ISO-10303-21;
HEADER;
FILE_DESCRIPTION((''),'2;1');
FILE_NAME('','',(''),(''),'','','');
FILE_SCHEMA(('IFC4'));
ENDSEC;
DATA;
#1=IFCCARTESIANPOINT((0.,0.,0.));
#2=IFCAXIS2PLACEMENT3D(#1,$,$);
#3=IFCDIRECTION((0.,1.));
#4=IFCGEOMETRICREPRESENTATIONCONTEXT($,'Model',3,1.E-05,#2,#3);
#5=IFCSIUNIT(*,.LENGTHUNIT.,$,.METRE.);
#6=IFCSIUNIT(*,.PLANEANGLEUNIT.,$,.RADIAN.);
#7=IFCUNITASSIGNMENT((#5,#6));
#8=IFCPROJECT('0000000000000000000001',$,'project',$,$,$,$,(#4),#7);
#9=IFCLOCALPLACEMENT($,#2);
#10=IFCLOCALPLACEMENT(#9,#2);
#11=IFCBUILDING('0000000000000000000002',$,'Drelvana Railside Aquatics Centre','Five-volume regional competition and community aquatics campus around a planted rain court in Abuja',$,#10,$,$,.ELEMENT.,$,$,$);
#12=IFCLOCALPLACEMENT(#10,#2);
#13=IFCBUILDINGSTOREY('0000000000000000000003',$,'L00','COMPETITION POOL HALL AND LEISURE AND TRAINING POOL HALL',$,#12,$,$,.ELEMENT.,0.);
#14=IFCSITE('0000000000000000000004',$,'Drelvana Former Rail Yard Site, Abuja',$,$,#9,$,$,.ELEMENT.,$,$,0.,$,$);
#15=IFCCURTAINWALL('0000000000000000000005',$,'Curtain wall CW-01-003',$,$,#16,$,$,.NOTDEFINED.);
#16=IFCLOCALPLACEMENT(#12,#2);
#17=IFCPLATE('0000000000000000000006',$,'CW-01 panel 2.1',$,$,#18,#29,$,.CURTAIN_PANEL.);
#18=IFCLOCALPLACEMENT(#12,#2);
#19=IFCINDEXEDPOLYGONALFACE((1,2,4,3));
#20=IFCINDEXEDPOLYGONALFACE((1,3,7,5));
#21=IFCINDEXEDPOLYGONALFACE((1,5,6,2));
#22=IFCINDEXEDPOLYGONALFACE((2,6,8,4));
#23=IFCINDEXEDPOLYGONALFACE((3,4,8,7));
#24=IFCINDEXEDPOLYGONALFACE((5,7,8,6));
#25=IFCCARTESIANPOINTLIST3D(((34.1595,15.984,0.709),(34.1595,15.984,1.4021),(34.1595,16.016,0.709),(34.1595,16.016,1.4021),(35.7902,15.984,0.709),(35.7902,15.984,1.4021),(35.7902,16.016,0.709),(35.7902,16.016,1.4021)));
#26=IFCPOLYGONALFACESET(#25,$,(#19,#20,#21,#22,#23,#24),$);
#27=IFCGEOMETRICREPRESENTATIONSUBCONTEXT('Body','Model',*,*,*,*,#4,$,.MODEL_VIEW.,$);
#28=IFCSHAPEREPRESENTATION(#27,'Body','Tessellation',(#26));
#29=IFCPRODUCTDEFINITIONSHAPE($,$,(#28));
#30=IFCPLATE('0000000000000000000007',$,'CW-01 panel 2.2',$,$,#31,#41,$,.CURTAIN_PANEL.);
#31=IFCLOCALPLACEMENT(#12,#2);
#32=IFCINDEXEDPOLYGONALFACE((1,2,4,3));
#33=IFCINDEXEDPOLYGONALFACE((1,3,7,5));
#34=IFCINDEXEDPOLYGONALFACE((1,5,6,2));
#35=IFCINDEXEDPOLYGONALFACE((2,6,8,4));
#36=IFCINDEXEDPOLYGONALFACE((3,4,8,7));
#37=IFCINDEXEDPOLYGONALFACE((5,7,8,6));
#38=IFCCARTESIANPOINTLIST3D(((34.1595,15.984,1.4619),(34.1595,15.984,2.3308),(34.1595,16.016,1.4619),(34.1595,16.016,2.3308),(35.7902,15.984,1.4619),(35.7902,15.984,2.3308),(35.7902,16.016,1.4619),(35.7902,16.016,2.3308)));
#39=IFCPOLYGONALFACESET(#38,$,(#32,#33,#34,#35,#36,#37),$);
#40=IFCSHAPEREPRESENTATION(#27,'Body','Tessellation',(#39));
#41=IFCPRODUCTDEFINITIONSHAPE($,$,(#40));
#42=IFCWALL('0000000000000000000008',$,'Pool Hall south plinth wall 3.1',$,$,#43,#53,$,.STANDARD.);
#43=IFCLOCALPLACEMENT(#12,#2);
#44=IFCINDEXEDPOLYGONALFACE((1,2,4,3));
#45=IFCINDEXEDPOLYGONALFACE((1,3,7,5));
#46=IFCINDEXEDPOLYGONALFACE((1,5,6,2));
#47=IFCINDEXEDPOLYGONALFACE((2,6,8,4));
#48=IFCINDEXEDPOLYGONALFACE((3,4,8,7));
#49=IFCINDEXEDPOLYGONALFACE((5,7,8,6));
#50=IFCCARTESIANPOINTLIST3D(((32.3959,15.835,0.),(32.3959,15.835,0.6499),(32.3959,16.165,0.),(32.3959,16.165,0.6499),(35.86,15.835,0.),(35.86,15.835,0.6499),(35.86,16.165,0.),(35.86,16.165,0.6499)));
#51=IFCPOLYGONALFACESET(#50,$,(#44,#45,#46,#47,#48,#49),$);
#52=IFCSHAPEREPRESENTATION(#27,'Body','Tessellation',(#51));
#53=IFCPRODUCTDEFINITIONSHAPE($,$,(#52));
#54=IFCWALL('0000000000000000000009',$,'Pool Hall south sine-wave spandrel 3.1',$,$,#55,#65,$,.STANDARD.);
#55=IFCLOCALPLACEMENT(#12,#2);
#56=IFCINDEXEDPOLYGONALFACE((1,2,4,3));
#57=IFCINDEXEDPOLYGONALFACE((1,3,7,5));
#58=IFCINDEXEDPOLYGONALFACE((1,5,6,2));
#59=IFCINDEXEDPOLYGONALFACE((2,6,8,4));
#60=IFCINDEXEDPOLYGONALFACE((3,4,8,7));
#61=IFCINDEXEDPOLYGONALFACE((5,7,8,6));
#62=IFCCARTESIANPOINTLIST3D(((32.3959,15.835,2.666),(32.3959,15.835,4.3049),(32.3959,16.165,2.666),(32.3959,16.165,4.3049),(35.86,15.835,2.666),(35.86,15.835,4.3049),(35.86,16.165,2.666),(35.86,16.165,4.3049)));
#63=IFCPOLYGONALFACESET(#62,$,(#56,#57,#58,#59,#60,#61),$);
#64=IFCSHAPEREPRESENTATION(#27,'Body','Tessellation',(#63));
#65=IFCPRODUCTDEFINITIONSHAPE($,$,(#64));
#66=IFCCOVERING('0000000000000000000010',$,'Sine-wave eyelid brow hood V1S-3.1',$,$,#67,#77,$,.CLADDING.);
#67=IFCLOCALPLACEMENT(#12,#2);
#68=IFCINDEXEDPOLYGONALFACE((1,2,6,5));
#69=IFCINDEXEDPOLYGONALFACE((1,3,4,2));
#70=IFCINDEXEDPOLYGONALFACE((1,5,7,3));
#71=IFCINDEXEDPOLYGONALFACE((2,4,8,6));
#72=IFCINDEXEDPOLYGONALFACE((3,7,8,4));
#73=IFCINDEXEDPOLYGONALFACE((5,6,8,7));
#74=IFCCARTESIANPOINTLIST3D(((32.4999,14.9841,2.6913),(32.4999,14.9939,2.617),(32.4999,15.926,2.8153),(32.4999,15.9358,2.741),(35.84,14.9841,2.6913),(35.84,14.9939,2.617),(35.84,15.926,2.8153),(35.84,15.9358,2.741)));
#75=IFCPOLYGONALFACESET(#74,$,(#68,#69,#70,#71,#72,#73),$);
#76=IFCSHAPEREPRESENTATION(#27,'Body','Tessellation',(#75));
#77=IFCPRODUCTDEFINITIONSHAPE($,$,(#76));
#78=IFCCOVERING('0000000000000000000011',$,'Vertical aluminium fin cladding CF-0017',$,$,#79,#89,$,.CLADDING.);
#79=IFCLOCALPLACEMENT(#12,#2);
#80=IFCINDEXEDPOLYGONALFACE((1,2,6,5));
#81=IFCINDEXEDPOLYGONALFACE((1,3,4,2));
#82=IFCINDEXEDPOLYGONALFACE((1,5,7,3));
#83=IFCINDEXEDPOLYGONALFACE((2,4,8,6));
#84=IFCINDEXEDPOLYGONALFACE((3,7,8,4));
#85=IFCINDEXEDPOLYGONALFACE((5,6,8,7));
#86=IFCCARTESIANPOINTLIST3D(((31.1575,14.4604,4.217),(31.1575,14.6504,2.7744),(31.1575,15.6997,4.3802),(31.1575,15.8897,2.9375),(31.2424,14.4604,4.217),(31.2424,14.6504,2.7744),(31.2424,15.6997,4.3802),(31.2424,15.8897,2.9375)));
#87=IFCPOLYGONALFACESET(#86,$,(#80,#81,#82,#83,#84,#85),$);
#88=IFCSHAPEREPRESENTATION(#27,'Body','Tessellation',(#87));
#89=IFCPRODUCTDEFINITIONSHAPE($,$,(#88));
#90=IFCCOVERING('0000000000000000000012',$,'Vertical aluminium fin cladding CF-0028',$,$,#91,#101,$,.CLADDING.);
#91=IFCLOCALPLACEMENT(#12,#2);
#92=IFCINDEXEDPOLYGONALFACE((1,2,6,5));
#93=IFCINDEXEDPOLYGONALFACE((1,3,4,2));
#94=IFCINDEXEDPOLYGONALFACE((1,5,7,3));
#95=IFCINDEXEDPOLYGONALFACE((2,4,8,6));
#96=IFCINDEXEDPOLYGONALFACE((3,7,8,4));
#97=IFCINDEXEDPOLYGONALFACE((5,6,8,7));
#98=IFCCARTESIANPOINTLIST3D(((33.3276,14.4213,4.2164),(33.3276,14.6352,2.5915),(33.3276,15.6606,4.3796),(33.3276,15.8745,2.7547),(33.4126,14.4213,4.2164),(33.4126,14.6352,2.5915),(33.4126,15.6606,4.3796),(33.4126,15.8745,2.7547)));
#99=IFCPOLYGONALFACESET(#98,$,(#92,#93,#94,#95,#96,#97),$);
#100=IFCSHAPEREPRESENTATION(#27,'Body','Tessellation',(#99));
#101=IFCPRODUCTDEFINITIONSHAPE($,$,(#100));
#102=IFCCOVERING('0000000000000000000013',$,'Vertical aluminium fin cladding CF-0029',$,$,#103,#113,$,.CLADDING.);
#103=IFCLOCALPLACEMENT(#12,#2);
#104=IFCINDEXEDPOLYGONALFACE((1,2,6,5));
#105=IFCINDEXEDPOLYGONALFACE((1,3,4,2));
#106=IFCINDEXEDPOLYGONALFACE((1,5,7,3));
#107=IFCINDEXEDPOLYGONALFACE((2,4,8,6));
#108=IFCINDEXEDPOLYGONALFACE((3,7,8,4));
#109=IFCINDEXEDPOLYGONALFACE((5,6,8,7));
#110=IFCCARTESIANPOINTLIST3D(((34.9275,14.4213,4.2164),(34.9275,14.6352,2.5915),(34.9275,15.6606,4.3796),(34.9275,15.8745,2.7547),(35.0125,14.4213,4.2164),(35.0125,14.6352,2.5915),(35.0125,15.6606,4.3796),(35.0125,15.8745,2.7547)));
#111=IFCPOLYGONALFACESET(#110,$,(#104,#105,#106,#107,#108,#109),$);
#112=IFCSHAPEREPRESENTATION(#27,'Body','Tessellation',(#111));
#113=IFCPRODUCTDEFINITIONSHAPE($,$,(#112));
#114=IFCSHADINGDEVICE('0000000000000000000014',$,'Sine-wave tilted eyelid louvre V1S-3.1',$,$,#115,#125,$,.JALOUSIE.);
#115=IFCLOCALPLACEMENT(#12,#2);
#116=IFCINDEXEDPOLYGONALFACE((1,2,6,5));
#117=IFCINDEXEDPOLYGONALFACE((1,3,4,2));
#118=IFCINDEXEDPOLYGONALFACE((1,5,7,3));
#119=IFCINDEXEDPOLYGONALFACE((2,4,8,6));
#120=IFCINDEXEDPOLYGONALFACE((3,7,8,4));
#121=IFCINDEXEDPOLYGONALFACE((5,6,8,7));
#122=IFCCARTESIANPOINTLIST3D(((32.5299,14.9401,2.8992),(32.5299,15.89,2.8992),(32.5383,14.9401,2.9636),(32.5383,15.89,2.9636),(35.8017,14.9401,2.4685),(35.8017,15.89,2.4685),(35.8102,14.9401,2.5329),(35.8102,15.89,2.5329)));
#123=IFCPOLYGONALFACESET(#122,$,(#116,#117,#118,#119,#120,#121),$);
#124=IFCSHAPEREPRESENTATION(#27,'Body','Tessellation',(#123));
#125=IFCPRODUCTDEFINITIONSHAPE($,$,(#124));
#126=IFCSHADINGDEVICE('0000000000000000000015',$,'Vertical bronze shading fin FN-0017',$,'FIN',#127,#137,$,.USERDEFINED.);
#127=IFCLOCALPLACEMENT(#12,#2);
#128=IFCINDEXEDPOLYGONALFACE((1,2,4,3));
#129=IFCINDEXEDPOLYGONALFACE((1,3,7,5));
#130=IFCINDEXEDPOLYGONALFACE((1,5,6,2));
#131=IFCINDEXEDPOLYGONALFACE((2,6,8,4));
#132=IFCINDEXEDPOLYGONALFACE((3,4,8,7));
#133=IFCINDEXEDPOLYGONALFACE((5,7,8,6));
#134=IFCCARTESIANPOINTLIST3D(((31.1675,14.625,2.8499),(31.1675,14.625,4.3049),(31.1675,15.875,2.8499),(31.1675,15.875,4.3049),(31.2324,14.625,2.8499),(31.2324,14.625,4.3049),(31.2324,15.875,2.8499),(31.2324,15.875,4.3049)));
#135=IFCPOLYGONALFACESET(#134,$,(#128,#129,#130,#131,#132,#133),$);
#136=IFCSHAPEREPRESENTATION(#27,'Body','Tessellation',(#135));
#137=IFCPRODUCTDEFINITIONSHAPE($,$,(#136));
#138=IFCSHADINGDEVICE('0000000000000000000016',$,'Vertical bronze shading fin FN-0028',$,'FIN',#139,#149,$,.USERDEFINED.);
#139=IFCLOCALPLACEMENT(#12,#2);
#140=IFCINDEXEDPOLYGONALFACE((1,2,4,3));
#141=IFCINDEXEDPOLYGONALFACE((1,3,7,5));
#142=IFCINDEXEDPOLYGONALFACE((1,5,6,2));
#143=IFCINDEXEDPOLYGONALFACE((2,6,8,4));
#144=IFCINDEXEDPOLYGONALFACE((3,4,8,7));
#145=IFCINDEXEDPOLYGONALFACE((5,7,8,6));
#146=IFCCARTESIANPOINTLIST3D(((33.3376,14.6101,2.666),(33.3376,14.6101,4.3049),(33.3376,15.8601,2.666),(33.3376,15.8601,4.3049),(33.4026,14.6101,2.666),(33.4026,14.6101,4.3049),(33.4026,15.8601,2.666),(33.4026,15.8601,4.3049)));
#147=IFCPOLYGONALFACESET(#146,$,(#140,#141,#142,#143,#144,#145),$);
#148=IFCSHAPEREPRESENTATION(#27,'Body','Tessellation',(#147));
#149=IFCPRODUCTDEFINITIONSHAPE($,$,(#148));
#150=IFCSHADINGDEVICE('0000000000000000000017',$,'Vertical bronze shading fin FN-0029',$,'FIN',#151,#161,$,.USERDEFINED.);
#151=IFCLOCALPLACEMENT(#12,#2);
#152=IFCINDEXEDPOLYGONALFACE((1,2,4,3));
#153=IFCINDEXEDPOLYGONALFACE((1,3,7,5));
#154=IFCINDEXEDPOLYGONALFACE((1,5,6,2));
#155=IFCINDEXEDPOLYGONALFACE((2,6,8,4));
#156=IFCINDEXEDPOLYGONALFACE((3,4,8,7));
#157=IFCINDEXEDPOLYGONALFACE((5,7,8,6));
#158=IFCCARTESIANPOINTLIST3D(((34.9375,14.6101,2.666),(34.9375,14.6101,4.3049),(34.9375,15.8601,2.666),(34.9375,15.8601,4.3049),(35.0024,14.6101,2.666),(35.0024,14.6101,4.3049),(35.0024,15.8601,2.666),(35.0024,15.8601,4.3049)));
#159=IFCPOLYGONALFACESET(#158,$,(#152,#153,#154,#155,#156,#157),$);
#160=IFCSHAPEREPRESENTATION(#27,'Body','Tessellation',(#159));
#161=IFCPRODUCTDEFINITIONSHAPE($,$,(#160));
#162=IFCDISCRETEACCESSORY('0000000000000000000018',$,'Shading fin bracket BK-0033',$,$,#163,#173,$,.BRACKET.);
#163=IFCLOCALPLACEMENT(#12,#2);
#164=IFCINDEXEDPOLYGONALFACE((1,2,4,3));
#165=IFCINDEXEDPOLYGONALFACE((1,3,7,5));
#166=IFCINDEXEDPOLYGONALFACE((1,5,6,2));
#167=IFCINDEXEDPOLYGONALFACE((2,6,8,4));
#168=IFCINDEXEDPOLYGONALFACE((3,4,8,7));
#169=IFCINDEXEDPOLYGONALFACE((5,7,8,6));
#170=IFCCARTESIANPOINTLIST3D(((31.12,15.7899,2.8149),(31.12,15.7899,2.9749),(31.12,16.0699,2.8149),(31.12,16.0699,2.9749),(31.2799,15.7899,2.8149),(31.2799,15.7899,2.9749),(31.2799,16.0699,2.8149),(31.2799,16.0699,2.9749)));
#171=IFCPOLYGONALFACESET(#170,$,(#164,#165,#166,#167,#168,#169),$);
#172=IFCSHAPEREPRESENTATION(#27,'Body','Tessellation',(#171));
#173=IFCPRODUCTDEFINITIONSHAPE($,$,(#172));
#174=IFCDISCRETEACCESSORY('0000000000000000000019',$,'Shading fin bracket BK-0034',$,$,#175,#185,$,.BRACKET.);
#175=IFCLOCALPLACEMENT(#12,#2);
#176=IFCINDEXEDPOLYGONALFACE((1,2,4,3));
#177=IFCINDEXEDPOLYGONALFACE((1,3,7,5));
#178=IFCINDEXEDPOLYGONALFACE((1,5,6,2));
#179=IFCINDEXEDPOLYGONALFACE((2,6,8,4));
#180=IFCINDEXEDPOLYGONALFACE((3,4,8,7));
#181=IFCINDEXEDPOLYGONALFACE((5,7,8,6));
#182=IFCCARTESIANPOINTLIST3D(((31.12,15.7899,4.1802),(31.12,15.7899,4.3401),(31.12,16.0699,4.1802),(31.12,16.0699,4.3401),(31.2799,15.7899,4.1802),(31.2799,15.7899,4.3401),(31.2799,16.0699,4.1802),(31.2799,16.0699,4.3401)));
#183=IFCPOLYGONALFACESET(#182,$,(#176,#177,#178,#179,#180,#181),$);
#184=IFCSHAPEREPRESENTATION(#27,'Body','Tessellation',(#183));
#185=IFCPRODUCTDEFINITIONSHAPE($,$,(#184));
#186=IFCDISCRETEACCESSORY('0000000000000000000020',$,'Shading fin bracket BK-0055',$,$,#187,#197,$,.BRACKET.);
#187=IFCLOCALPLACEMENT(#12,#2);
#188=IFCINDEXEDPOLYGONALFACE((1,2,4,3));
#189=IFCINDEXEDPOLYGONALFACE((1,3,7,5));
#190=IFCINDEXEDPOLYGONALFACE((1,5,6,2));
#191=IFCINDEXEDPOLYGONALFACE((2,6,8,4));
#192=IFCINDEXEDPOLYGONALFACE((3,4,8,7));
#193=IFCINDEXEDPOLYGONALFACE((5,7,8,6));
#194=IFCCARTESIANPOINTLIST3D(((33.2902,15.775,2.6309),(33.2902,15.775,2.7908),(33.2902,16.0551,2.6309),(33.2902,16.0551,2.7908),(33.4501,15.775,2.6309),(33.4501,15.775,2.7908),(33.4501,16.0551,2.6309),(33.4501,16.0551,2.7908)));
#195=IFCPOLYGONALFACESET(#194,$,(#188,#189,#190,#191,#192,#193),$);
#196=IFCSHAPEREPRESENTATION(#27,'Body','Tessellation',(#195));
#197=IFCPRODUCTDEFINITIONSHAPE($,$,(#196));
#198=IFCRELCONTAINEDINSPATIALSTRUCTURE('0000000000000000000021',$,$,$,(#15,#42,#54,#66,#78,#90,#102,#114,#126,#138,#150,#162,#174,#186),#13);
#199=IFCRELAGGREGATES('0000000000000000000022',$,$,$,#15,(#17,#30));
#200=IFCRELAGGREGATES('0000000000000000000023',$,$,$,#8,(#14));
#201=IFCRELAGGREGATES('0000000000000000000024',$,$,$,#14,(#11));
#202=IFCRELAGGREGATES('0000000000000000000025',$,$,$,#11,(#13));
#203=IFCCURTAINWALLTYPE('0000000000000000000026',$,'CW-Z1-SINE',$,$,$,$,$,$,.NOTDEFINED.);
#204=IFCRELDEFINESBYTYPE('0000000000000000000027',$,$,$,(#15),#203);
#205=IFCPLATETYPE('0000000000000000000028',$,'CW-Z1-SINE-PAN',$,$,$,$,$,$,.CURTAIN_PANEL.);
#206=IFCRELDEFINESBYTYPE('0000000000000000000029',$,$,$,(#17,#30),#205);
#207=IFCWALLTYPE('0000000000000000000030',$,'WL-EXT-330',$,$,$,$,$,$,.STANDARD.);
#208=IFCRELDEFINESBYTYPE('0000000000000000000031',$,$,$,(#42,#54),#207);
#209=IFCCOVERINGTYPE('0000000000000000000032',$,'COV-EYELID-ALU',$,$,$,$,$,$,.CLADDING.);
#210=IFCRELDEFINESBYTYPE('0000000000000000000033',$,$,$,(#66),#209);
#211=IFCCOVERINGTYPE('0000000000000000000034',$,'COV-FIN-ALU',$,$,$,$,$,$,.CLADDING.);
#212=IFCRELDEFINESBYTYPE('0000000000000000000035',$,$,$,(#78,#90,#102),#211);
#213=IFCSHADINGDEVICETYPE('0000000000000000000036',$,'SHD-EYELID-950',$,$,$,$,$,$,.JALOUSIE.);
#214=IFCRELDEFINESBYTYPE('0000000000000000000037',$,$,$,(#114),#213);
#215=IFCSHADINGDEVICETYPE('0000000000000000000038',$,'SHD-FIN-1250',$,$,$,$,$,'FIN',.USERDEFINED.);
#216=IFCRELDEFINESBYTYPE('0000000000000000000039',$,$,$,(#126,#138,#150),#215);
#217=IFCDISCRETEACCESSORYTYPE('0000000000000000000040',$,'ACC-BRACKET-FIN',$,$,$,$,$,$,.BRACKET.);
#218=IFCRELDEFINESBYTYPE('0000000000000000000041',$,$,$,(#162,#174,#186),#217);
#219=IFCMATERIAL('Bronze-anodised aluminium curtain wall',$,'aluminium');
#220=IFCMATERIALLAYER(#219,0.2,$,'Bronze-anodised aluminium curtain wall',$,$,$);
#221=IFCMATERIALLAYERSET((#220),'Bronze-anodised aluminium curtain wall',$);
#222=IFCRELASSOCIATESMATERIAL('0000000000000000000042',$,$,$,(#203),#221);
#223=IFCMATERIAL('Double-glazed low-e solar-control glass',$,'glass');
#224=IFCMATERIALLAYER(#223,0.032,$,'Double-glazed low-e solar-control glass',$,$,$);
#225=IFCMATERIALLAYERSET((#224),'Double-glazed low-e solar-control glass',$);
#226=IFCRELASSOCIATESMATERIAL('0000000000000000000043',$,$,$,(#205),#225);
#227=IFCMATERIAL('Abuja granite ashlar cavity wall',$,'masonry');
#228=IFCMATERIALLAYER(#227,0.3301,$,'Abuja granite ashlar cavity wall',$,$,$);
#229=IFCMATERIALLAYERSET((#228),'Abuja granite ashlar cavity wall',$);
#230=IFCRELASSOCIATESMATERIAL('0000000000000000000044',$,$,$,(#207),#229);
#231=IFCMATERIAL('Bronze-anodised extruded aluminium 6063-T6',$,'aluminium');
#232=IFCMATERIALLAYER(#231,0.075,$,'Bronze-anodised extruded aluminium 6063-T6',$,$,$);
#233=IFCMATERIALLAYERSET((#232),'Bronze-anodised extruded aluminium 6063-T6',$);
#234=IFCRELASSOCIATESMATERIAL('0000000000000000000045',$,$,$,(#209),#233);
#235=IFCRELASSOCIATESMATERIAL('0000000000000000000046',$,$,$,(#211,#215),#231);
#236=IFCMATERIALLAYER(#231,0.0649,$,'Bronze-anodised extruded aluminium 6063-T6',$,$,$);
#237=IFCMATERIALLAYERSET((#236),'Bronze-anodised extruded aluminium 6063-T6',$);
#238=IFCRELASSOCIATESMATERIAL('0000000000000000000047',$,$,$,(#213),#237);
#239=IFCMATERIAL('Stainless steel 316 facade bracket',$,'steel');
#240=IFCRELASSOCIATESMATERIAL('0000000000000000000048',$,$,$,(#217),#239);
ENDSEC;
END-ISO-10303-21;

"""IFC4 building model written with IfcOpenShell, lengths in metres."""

from ifc_helpers import new_model, si_unit, direction, frame, frame_2d, origin, origin_2d, place, context, subcontext, project, spatial, rectangle, extrude, material, layer, layer_set, type_object, element, aggregate, save


model = new_model("IFC4")

# Units and contexts
model_context = context("Model", 3, precision=1e-05, world=origin(), true_north=direction((0.0, 1.0)))
body_context = subcontext(model_context, "Body", "Model", "MODEL_VIEW")
ifc_project = project(units=[si_unit("LENGTHUNIT", "METRE"), si_unit("PLANEANGLEUNIT", "RADIAN")], contexts=[model_context])

# Site, building, storey
site_placement = place(None, origin())
site = spatial("IfcSite", under=ifc_project, at=site_placement, Name="Drelvana Former Rail Yard Site, Abuja", CompositionType="ELEMENT", RefElevation=0.0)
building_placement = place(site_placement, origin())
building = spatial("IfcBuilding", under=site, at=building_placement, Name="Drelvana Railside Aquatics Centre", Description="Five-volume regional competition and community aquatics campus around a planted rain court in Abuja", CompositionType="ELEMENT")
storey_placement = place(building_placement, origin())
storey = spatial("IfcBuildingStorey", under=building, at=storey_placement, Name="L00", Description="COMPETITION POOL HALL AND LEISURE AND TRAINING POOL HALL", CompositionType="ELEMENT", Elevation=0.0)

# Curtain wall
ifc_material_1 = material(Name="Bronze-anodised aluminium curtain wall", Category="aluminium")
ifc_layer_1 = layer(ifc_material_1, 0.2, Name="Bronze-anodised aluminium curtain wall")
ifc_layer_set_1 = layer_set([ifc_layer_1], Name="Bronze-anodised aluminium curtain wall")
curtain_wall_type = type_object("IfcCurtainWallType", Name="CW-Z1-SINE", PredefinedType="NOTDEFINED", material=ifc_layer_set_1)
curtain_wall_placement = place(storey_placement, origin())
curtain_wall = element("IfcCurtainWall", 1, at=curtain_wall_placement, inside=storey, type_object=curtain_wall_type, Name="Curtain wall CW-01-003", PredefinedType="NOTDEFINED")

# Plates
ifc_material_2 = material(Name="Double-glazed low-e solar-control glass", Category="glass")
ifc_layer_2 = layer(ifc_material_2, 0.032, Name="Double-glazed low-e solar-control glass")
ifc_layer_set_2 = layer_set([ifc_layer_2], Name="Double-glazed low-e solar-control glass")
plate_type = type_object("IfcPlateType", Name="CW-Z1-SINE-PAN", PredefinedType="CURTAIN_PANEL", material=ifc_layer_set_2)
plate_1_placement = place(storey_placement, frame((34.9749, 16.0, 0.709), z_axis=(0.0, 0.0, 1.0), x_axis=(1.0, 0.0, 0.0)))
plate_1 = element("IfcPlate", 2, at=plate_1_placement, type_object=plate_type, Name="CW-01 panel 2.1", PredefinedType="CURTAIN_PANEL", context=body_context, shape_type="SweptSolid", body=[
    extrude(rectangle(XDim=1.6306, YDim=0.032, at=origin_2d()), origin(), (0.0, 0.0, 1.0), 0.6931),
])
plate_2_placement = place(storey_placement, frame((34.9749, 16.0, 1.4619), z_axis=(0.0, 0.0, 1.0), x_axis=(1.0, 0.0, 0.0)))
plate_2 = element("IfcPlate", 3, at=plate_2_placement, type_object=plate_type, Name="CW-01 panel 2.2", PredefinedType="CURTAIN_PANEL", context=body_context, shape_type="SweptSolid", body=[
    extrude(rectangle(XDim=1.6306, YDim=0.032, at=origin_2d()), origin(), (0.0, 0.0, 1.0), 0.8689),
])
aggregate(curtain_wall, [plate_1, plate_2])

# Walls
ifc_material_3 = material(Name="Abuja granite ashlar cavity wall", Category="masonry")
ifc_layer_3 = layer(ifc_material_3, 0.3301, Name="Abuja granite ashlar cavity wall")
ifc_layer_set_3 = layer_set([ifc_layer_3], Name="Abuja granite ashlar cavity wall")
wall_type = type_object("IfcWallType", Name="WL-EXT-330", PredefinedType="STANDARD", material=ifc_layer_set_3)
wall_1_placement = place(storey_placement, frame((32.396, 16.0, 0.0), z_axis=(0.0, 0.0, 1.0), x_axis=(1.0, 0.0, 0.0)))
element("IfcWall", 4, at=wall_1_placement, inside=storey, type_object=wall_type, Name="Pool Hall south plinth wall 3.1", PredefinedType="STANDARD", context=body_context, shape_type="SweptSolid", body=[
    extrude(rectangle(XDim=3.4641, YDim=0.3301, at=frame_2d((1.7319, 0.0))), origin(), (0.0, 0.0, 1.0), 0.6499),
])
wall_2_placement = place(storey_placement, frame((32.396, 16.0, 2.666), z_axis=(0.0, 0.0, 1.0), x_axis=(1.0, 0.0, 0.0)))
element("IfcWall", 5, at=wall_2_placement, inside=storey, type_object=wall_type, Name="Pool Hall south sine-wave spandrel 3.1", PredefinedType="STANDARD", context=body_context, shape_type="SweptSolid", body=[
    extrude(rectangle(XDim=3.4641, YDim=0.3301, at=frame_2d((1.7319, 0.0))), origin(), (0.0, 0.0, 1.0), 1.6389),
])

# Coverings
ifc_material_4 = material(Name="Bronze-anodised extruded aluminium 6063-T6", Category="aluminium")
ifc_layer_4 = layer(ifc_material_4, 0.075, Name="Bronze-anodised extruded aluminium 6063-T6")
ifc_layer_set_4 = layer_set([ifc_layer_4], Name="Bronze-anodised extruded aluminium 6063-T6")
covering_type_1 = type_object("IfcCoveringType", Name="COV-EYELID-ALU", PredefinedType="CLADDING", material=ifc_layer_set_4)
covering_1_placement = place(storey_placement, frame((34.1699, 15.4648, 2.679), z_axis=(0.0, -0.130526, 0.991445), x_axis=(-1.0, 0.0, 0.0)))
element("IfcCovering", 6, at=covering_1_placement, inside=storey, type_object=covering_type_1, Name="Sine-wave eyelid brow hood V1S-3.1", PredefinedType="CLADDING", context=body_context, shape_type="SweptSolid", body=[
    extrude(rectangle(XDim=3.3401, YDim=0.95, at=origin_2d()), origin(), (0.0, 0.0, 1.0), 0.075),
])
covering_type_2 = type_object("IfcCoveringType", Name="COV-FIN-ALU", PredefinedType="CLADDING", material=ifc_material_4)
covering_2_placement = place(storey_placement, frame((31.2, 15.27, 2.856), z_axis=(0.0, -0.130526, 0.991445), x_axis=(-1.0, 0.0, 0.0)))
element("IfcCovering", 7, at=covering_2_placement, inside=storey, type_object=covering_type_2, Name="Vertical aluminium fin cladding CF-0017", PredefinedType="CLADDING", context=body_context, shape_type="SweptSolid", body=[
    extrude(rectangle(XDim=0.085, YDim=1.25, at=origin_2d()), origin(), (0.0, 0.0, 1.0), 1.4551),
])
for number, where, z_axis, x_axis, name in (
    (8, (33.3701, 15.2549, 2.6731), (0.0, -0.130526, 0.991445), (-1.0, 0.0, 0.0), "Vertical aluminium fin cladding CF-0028"),
    (9, (34.97, 15.2549, 2.6731), (0.0, -0.130526, 0.991445), (-1.0, 0.0, 0.0), "Vertical aluminium fin cladding CF-0029"),
):
    element("IfcCovering", number, at=place(storey_placement, frame(where, z_axis=z_axis, x_axis=x_axis)), inside=storey, type_object=covering_type_2, Name=name, PredefinedType="CLADDING", context=body_context, shape_type="SweptSolid", body=[
        extrude(rectangle(XDim=0.085, YDim=1.25, at=origin_2d()), origin(), (0.0, 0.0, 1.0), 1.6389),
    ])

# Shading devices
ifc_layer_5 = layer(ifc_material_4, 0.0649, Name="Bronze-anodised extruded aluminium 6063-T6")
ifc_layer_set_5 = layer_set([ifc_layer_5], Name="Bronze-anodised extruded aluminium 6063-T6")
shading_device_type_1 = type_object("IfcShadingDeviceType", Name="SHD-EYELID-950", PredefinedType="JALOUSIE", material=ifc_layer_set_5)
shading_device_1_placement = place(storey_placement, frame((34.1658, 15.415, 2.6838), z_axis=(0.130526, 0.0, 0.991445), x_axis=(0.0, -1.0, 0.0)))
element("IfcShadingDevice", 10, at=shading_device_1_placement, inside=storey, type_object=shading_device_type_1, Name="Sine-wave tilted eyelid louvre V1S-3.1", PredefinedType="JALOUSIE", context=body_context, shape_type="SweptSolid", body=[
    extrude(rectangle(XDim=0.95, YDim=3.3, at=origin_2d()), origin(), (0.0, 0.0, 1.0), 0.0649),
])
shading_device_type_2 = type_object("IfcShadingDeviceType", Name="SHD-FIN-1250", ElementType="FIN", PredefinedType="USERDEFINED", material=ifc_material_4)
shading_device_2_placement = place(storey_placement, frame((31.2, 15.25, 2.8499), z_axis=(0.0, 0.0, 1.0), x_axis=(0.0, -1.0, 0.0)))
element("IfcShadingDevice", 11, at=shading_device_2_placement, inside=storey, type_object=shading_device_type_2, Name="Vertical bronze shading fin FN-0017", ObjectType="FIN", PredefinedType="USERDEFINED", context=body_context, shape_type="SweptSolid", body=[
    extrude(rectangle(XDim=1.25, YDim=0.0649, at=origin_2d()), origin(), (0.0, 0.0, 1.0), 1.4551),
])
for number, where, z_axis, x_axis, name in (
    (12, (33.3701, 15.2351, 2.666), (0.0, 0.0, 1.0), (0.0, -1.0, 0.0), "Vertical bronze shading fin FN-0028"),
    (13, (34.97, 15.2351, 2.666), (0.0, 0.0, 1.0), (0.0, -1.0, 0.0), "Vertical bronze shading fin FN-0029"),
):
    element("IfcShadingDevice", number, at=place(storey_placement, frame(where, z_axis=z_axis, x_axis=x_axis)), inside=storey, type_object=shading_device_type_2, Name=name, ObjectType="FIN", PredefinedType="USERDEFINED", context=body_context, shape_type="SweptSolid", body=[
        extrude(rectangle(XDim=1.25, YDim=0.0649, at=origin_2d()), origin(), (0.0, 0.0, 1.0), 1.6389),
    ])

# Discrete accessories
ifc_material_5 = material(Name="Stainless steel 316 facade bracket", Category="steel")
discrete_accessory_type = type_object("IfcDiscreteAccessoryType", Name="ACC-BRACKET-FIN", PredefinedType="BRACKET", material=ifc_material_5)
for number, where, z_axis, x_axis, name in (
    (14, (31.2, 15.9299, 2.8149), (0.0, 0.0, 1.0), (0.0, -1.0, 0.0), "Shading fin bracket BK-0033"),
    (15, (31.2, 15.9299, 4.1802), (0.0, 0.0, 1.0), (0.0, -1.0, 0.0), "Shading fin bracket BK-0034"),
    (16, (33.3701, 15.915, 2.6309), (0.0, 0.0, 1.0), (0.0, -1.0, 0.0), "Shading fin bracket BK-0055"),
):
    element("IfcDiscreteAccessory", number, at=place(storey_placement, frame(where, z_axis=z_axis, x_axis=x_axis)), inside=storey, type_object=discrete_accessory_type, Name=name, PredefinedType="BRACKET", context=body_context, shape_type="SweptSolid", body=[
        extrude(rectangle(XDim=0.28, YDim=0.1599, at=origin_2d()), origin(), (0.0, 0.0, 1.0), 0.1599),
    ])

save(model, "model.ifc")
